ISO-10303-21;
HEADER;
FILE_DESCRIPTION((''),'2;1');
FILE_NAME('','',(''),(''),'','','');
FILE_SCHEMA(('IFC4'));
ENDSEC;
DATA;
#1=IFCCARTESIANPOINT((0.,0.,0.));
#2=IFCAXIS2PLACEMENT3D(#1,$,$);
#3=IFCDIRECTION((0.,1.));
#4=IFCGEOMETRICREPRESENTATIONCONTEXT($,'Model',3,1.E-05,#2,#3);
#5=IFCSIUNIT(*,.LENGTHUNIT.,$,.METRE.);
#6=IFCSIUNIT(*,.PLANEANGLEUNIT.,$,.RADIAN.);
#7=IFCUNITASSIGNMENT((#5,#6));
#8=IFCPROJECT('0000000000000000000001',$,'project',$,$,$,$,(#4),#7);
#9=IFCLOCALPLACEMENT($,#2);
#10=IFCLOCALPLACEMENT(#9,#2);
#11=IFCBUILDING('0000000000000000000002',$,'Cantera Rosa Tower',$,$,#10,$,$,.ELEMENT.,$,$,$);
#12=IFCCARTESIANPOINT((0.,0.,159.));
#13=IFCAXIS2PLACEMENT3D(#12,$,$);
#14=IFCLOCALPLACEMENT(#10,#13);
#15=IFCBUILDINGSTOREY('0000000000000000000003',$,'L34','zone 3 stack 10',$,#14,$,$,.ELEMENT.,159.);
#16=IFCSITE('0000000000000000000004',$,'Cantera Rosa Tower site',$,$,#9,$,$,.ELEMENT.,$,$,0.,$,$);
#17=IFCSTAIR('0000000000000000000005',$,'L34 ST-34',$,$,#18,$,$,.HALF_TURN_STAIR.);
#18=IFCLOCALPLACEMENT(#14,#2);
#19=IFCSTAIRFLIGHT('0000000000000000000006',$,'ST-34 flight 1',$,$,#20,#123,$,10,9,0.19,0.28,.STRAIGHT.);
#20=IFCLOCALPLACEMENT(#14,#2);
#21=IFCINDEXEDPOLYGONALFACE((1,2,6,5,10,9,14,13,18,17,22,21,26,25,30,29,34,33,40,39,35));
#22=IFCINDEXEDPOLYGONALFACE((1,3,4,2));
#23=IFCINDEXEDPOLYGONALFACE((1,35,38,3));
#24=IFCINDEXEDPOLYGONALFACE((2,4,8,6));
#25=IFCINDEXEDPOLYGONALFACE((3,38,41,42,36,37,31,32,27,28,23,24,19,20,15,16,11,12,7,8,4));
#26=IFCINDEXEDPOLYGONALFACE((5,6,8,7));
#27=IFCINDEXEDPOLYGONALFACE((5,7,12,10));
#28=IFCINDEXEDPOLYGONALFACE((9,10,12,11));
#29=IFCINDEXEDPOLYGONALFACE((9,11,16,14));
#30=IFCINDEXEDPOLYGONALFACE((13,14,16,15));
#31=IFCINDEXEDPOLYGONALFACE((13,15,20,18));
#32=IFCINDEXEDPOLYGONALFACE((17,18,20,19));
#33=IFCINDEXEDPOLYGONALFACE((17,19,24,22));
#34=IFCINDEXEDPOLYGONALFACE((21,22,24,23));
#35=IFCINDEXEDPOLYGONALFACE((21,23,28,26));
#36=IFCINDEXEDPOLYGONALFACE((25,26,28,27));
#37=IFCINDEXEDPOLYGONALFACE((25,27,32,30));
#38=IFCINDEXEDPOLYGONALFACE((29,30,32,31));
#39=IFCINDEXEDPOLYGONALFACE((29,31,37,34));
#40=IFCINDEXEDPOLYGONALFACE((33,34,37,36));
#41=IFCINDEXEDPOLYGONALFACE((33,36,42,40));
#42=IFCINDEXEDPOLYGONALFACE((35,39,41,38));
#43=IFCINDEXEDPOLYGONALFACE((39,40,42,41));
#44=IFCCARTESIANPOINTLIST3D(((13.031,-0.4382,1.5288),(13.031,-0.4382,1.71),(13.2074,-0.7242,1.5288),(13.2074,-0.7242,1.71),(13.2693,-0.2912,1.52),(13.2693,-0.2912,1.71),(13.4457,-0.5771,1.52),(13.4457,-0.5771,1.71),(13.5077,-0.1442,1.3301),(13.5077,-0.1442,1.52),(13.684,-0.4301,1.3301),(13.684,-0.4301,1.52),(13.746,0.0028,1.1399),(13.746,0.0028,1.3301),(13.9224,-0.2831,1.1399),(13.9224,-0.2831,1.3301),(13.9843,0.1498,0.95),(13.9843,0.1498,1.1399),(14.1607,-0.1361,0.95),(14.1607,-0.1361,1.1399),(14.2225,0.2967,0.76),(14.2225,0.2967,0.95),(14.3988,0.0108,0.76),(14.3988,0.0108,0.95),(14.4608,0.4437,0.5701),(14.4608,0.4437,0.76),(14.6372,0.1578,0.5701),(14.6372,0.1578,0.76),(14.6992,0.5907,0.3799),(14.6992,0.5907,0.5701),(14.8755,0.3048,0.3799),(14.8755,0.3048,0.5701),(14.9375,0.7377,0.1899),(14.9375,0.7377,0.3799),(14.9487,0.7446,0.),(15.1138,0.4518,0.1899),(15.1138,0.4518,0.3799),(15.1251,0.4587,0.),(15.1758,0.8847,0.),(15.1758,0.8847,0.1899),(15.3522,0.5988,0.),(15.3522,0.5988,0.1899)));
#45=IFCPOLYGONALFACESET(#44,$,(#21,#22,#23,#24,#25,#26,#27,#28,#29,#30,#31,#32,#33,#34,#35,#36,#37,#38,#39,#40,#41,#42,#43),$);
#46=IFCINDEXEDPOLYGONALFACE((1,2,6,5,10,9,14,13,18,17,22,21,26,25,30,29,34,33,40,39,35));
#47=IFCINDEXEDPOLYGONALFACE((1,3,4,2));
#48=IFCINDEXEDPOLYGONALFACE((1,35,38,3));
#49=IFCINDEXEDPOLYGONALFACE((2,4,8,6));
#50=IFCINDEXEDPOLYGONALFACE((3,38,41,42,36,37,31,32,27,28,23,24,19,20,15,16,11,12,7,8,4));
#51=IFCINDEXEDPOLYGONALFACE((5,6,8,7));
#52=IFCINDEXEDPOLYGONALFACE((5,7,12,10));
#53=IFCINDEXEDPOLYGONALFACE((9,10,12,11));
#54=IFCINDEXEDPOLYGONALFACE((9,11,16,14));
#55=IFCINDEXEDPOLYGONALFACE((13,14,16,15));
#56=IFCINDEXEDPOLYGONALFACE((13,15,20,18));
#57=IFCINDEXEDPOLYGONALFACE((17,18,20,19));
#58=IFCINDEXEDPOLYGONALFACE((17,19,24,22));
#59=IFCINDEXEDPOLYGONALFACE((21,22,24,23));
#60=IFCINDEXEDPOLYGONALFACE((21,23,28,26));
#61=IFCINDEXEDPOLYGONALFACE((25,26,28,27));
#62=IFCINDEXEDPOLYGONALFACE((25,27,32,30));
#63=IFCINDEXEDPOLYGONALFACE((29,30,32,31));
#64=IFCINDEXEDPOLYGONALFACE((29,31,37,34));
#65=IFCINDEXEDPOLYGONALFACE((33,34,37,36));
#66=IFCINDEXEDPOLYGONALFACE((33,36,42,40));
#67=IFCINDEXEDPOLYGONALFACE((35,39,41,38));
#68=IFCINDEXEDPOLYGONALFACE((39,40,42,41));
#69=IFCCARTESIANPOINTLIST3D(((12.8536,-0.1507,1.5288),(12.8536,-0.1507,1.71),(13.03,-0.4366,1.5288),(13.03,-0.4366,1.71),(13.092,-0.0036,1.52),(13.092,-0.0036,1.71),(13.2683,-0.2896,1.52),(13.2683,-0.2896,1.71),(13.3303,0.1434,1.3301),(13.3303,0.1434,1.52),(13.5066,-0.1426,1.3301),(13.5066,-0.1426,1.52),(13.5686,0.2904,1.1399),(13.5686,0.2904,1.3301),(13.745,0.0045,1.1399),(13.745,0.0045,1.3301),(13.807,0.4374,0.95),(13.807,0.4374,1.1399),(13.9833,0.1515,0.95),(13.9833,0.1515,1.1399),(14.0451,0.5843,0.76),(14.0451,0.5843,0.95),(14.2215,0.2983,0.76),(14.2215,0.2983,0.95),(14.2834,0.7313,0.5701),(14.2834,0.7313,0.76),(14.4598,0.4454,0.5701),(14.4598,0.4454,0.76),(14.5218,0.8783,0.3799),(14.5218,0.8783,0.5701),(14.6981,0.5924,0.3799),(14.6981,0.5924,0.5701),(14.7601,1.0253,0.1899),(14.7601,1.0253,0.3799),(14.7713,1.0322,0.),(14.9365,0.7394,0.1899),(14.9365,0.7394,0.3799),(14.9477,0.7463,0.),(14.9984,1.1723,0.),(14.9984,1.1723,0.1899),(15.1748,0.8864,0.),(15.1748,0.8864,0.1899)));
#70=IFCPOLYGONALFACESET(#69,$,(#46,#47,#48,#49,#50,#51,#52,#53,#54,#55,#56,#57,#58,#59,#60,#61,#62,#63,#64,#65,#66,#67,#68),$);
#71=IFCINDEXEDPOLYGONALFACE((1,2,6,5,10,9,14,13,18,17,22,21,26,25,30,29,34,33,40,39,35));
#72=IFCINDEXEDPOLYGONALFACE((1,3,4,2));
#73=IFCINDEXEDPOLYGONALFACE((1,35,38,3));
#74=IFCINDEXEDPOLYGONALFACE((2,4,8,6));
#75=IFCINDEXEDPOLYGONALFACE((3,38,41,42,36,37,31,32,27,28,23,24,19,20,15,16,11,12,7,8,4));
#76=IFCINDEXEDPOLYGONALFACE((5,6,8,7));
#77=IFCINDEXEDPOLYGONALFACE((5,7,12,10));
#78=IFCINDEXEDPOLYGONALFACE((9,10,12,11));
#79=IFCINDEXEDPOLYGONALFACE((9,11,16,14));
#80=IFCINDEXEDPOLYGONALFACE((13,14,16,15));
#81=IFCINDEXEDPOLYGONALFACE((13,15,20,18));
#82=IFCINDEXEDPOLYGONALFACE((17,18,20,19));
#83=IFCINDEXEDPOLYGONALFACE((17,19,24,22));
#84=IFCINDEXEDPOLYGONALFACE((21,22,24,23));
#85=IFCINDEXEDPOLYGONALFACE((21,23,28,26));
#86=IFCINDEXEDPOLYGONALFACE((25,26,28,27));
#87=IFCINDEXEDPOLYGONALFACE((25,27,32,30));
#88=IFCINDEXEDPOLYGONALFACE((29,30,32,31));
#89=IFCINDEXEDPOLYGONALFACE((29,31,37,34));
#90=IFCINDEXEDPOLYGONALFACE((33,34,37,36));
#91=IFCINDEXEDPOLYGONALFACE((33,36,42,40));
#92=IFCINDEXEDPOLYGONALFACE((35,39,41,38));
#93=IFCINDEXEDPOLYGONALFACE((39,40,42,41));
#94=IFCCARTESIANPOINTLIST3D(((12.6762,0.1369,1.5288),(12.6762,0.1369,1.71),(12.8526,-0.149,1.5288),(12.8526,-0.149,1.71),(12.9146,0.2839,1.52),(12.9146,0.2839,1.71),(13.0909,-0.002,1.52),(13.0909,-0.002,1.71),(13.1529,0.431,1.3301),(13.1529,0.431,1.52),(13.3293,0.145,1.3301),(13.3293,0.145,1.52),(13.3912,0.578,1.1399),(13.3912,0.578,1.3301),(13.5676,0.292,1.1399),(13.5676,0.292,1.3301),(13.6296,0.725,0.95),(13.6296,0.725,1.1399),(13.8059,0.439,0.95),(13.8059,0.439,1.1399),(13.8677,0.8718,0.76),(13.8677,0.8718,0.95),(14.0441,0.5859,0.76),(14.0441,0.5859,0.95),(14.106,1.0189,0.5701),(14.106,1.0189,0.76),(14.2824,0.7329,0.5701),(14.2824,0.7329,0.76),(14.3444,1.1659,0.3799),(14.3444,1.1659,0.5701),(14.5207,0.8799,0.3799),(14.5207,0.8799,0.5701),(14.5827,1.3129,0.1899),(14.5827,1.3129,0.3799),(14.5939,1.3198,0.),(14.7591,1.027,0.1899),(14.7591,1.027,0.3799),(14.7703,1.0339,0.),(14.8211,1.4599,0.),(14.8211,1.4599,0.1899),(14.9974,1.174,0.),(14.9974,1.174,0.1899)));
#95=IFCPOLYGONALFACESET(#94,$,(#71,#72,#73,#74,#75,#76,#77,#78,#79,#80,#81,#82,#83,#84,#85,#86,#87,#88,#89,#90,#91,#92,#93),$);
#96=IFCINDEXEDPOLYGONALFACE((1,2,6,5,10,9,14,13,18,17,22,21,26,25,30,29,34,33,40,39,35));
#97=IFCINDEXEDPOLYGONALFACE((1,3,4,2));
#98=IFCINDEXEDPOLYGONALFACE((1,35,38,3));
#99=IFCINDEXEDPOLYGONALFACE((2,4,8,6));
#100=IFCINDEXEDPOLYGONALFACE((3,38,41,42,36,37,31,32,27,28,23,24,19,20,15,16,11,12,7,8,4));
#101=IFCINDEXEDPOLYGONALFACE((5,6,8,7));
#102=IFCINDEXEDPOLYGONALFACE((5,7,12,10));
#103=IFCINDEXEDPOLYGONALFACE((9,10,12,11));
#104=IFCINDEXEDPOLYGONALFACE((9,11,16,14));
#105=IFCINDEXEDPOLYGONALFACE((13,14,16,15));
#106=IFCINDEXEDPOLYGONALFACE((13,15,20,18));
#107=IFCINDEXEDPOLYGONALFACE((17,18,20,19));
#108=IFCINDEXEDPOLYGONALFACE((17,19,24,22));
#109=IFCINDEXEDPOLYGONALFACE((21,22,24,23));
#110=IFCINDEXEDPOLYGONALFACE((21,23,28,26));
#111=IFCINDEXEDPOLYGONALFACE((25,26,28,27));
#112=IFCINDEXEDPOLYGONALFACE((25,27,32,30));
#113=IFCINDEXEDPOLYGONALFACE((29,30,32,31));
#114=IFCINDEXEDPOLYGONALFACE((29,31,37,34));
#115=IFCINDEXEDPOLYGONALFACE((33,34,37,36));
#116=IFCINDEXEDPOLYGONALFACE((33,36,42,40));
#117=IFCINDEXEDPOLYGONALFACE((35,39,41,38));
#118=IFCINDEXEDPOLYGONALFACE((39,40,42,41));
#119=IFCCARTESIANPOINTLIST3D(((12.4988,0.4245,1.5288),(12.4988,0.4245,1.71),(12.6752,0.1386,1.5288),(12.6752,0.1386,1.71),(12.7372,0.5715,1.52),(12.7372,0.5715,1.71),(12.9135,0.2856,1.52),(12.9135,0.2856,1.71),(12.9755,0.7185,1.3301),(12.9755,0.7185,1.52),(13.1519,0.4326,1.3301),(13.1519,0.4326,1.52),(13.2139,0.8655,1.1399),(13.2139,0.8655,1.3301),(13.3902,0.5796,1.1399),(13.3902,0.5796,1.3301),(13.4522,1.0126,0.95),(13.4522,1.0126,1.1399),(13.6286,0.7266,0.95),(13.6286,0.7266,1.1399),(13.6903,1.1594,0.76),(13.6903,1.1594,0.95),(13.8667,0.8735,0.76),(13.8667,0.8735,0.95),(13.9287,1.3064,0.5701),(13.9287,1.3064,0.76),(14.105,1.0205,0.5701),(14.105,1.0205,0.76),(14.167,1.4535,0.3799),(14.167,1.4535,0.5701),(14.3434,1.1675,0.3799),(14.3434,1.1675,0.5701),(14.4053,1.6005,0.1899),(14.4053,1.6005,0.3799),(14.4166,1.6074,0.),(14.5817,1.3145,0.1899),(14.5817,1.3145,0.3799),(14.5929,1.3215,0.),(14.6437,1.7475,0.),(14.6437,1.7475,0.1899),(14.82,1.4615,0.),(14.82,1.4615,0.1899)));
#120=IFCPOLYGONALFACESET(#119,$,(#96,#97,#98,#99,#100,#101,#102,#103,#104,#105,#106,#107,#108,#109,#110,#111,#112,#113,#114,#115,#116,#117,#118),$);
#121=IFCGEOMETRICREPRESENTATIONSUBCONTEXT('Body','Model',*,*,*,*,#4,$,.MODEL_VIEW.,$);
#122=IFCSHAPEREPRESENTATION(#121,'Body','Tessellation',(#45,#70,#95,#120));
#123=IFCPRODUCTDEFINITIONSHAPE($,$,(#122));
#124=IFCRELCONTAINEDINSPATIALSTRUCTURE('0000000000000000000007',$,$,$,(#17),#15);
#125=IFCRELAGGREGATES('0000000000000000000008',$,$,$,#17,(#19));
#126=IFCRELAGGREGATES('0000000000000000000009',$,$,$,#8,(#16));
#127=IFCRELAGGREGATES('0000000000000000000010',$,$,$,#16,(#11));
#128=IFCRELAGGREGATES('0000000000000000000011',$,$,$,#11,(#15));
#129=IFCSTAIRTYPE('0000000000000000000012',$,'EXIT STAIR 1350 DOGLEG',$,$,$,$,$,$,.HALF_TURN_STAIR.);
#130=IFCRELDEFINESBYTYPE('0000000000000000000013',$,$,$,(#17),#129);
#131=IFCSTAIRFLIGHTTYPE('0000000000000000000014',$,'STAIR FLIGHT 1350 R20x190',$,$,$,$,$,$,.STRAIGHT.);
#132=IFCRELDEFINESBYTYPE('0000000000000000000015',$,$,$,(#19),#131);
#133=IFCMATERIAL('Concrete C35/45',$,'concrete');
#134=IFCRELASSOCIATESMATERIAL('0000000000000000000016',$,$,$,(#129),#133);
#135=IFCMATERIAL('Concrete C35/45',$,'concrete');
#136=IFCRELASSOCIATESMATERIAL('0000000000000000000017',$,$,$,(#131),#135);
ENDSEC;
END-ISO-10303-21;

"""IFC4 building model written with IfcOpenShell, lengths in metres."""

from ifc_helpers import new_model, si_unit, direction, frame, origin, place, context, subcontext, project, spatial, polyline, outline, extrude, material, type_object, element, aggregate, save


model = new_model("IFC4")

# Units and contexts
model_context = context("Model", 3, precision=1e-05, world=origin(), true_north=direction((0.0, 1.0)))
body_context = subcontext(model_context, "Body", "Model", "MODEL_VIEW")
ifc_project = project(units=[si_unit("LENGTHUNIT", "METRE"), si_unit("PLANEANGLEUNIT", "RADIAN")], contexts=[model_context])

# Site, building, storey
site_placement = place(None, origin())
site = spatial("IfcSite", under=ifc_project, at=site_placement, Name="Cantera Rosa Tower site", CompositionType="ELEMENT", RefElevation=0.0)
building_placement = place(site_placement, origin())
building = spatial("IfcBuilding", under=site, at=building_placement, Name="Cantera Rosa Tower", CompositionType="ELEMENT")
storey_placement = place(building_placement, frame((0.0, 0.0, 159.0)))
storey = spatial("IfcBuildingStorey", under=building, at=storey_placement, Name="L34", Description="zone 3 stack 10", CompositionType="ELEMENT", Elevation=159.0)

# Stair, stair flight
ifc_material_1 = material(Name="Concrete C35/45", Category="concrete")
stair_type = type_object("IfcStairType", Name="EXIT STAIR 1350 DOGLEG", PredefinedType="HALF_TURN_STAIR", material=ifc_material_1)
stair_placement = place(storey_placement, origin())
stair = element("IfcStair", 1, at=stair_placement, inside=storey, type_object=stair_type, Name="L34 ST-34", PredefinedType="HALF_TURN_STAIR")
ifc_material_2 = material(Name="Concrete C35/45", Category="concrete")
stair_flight_type = type_object("IfcStairFlightType", Name="STAIR FLIGHT 1350 R20x190", PredefinedType="STRAIGHT", material=ifc_material_2)
stair_flight_placement = place(storey_placement, frame((14.9978, 1.1733, 0.0), z_axis=(0.0, 0.0, 1.0), x_axis=(-0.851117, -0.524977, 0.0)))
stair_flight = element("IfcStairFlight", 2, at=stair_flight_placement, type_object=stair_flight_type, Name="ST-34 flight 1", NumberOfRisers=10, NumberOfTreads=9, PredefinedType="STRAIGHT", RiserHeight=0.19, TreadLength=0.28, context=body_context, shape_type="SweptSolid", body=[
    extrude(outline(polyline([(0.0, 0.0), (0.0, 0.1899), (0.28, 0.1899), (0.28, 0.3799), (0.5601, 0.3799), (0.5601, 0.5701), (0.8401, 0.5701), (0.8401, 0.76), (1.1201, 0.76), (1.1201, 0.95), (1.3999, 0.95), (1.3999, 1.1399), (1.6799, 1.1399), (1.6799, 1.3301), (1.96, 1.3301), (1.96, 1.52), (2.24, 1.52), (2.24, 1.71), (2.52, 1.71), (2.52, 1.8999), (2.52, 1.5288), (0.2668, 0.0), (0.0, 0.0)])), frame((0.0, 0.675, 0.0), z_axis=(0.0, -1.0, 0.0), x_axis=(1.0, 0.0, 0.0)), (0.0, 0.0, 1.0), 0.3359),
    extrude(outline(polyline([(0.0, 0.0), (0.0, 0.1899), (0.28, 0.1899), (0.28, 0.3799), (0.5601, 0.3799), (0.5601, 0.5701), (0.8401, 0.5701), (0.8401, 0.76), (1.1201, 0.76), (1.1201, 0.95), (1.3999, 0.95), (1.3999, 1.1399), (1.6799, 1.1399), (1.6799, 1.3301), (1.96, 1.3301), (1.96, 1.52), (2.24, 1.52), (2.24, 1.71), (2.52, 1.71), (2.52, 1.8999), (2.52, 1.5288), (0.2668, 0.0), (0.0, 0.0)])), frame((0.0, 0.3372, 0.0), z_axis=(0.0, -1.0, 0.0), x_axis=(1.0, 0.0, 0.0)), (0.0, 0.0, 1.0), 0.3359),
    extrude(outline(polyline([(0.0, 0.0), (0.0, 0.1899), (0.28, 0.1899), (0.28, 0.3799), (0.5601, 0.3799), (0.5601, 0.5701), (0.8401, 0.5701), (0.8401, 0.76), (1.1201, 0.76), (1.1201, 0.95), (1.3999, 0.95), (1.3999, 1.1399), (1.6799, 1.1399), (1.6799, 1.3301), (1.96, 1.3301), (1.96, 1.52), (2.24, 1.52), (2.24, 1.71), (2.52, 1.71), (2.52, 1.8999), (2.52, 1.5288), (0.2668, 0.0), (0.0, 0.0)])), frame((0.0, -0.0007, 0.0), z_axis=(0.0, -1.0, 0.0), x_axis=(1.0, 0.0, 0.0)), (0.0, 0.0, 1.0), 0.3359),
    extrude(outline(polyline([(0.0, 0.0), (0.0, 0.1899), (0.28, 0.1899), (0.28, 0.3799), (0.5601, 0.3799), (0.5601, 0.5701), (0.8401, 0.5701), (0.8401, 0.76), (1.1201, 0.76), (1.1201, 0.95), (1.3999, 0.95), (1.3999, 1.1399), (1.6799, 1.1399), (1.6799, 1.3301), (1.96, 1.3301), (1.96, 1.52), (2.24, 1.52), (2.24, 1.71), (2.52, 1.71), (2.52, 1.8999), (2.52, 1.5288), (0.2668, 0.0), (0.0, 0.0)])), frame((0.0, -0.3386, 0.0), z_axis=(0.0, -1.0, 0.0), x_axis=(1.0, 0.0, 0.0)), (0.0, 0.0, 1.0), 0.3359),
])
aggregate(stair, [stair_flight])

save(model, "model.ifc")
